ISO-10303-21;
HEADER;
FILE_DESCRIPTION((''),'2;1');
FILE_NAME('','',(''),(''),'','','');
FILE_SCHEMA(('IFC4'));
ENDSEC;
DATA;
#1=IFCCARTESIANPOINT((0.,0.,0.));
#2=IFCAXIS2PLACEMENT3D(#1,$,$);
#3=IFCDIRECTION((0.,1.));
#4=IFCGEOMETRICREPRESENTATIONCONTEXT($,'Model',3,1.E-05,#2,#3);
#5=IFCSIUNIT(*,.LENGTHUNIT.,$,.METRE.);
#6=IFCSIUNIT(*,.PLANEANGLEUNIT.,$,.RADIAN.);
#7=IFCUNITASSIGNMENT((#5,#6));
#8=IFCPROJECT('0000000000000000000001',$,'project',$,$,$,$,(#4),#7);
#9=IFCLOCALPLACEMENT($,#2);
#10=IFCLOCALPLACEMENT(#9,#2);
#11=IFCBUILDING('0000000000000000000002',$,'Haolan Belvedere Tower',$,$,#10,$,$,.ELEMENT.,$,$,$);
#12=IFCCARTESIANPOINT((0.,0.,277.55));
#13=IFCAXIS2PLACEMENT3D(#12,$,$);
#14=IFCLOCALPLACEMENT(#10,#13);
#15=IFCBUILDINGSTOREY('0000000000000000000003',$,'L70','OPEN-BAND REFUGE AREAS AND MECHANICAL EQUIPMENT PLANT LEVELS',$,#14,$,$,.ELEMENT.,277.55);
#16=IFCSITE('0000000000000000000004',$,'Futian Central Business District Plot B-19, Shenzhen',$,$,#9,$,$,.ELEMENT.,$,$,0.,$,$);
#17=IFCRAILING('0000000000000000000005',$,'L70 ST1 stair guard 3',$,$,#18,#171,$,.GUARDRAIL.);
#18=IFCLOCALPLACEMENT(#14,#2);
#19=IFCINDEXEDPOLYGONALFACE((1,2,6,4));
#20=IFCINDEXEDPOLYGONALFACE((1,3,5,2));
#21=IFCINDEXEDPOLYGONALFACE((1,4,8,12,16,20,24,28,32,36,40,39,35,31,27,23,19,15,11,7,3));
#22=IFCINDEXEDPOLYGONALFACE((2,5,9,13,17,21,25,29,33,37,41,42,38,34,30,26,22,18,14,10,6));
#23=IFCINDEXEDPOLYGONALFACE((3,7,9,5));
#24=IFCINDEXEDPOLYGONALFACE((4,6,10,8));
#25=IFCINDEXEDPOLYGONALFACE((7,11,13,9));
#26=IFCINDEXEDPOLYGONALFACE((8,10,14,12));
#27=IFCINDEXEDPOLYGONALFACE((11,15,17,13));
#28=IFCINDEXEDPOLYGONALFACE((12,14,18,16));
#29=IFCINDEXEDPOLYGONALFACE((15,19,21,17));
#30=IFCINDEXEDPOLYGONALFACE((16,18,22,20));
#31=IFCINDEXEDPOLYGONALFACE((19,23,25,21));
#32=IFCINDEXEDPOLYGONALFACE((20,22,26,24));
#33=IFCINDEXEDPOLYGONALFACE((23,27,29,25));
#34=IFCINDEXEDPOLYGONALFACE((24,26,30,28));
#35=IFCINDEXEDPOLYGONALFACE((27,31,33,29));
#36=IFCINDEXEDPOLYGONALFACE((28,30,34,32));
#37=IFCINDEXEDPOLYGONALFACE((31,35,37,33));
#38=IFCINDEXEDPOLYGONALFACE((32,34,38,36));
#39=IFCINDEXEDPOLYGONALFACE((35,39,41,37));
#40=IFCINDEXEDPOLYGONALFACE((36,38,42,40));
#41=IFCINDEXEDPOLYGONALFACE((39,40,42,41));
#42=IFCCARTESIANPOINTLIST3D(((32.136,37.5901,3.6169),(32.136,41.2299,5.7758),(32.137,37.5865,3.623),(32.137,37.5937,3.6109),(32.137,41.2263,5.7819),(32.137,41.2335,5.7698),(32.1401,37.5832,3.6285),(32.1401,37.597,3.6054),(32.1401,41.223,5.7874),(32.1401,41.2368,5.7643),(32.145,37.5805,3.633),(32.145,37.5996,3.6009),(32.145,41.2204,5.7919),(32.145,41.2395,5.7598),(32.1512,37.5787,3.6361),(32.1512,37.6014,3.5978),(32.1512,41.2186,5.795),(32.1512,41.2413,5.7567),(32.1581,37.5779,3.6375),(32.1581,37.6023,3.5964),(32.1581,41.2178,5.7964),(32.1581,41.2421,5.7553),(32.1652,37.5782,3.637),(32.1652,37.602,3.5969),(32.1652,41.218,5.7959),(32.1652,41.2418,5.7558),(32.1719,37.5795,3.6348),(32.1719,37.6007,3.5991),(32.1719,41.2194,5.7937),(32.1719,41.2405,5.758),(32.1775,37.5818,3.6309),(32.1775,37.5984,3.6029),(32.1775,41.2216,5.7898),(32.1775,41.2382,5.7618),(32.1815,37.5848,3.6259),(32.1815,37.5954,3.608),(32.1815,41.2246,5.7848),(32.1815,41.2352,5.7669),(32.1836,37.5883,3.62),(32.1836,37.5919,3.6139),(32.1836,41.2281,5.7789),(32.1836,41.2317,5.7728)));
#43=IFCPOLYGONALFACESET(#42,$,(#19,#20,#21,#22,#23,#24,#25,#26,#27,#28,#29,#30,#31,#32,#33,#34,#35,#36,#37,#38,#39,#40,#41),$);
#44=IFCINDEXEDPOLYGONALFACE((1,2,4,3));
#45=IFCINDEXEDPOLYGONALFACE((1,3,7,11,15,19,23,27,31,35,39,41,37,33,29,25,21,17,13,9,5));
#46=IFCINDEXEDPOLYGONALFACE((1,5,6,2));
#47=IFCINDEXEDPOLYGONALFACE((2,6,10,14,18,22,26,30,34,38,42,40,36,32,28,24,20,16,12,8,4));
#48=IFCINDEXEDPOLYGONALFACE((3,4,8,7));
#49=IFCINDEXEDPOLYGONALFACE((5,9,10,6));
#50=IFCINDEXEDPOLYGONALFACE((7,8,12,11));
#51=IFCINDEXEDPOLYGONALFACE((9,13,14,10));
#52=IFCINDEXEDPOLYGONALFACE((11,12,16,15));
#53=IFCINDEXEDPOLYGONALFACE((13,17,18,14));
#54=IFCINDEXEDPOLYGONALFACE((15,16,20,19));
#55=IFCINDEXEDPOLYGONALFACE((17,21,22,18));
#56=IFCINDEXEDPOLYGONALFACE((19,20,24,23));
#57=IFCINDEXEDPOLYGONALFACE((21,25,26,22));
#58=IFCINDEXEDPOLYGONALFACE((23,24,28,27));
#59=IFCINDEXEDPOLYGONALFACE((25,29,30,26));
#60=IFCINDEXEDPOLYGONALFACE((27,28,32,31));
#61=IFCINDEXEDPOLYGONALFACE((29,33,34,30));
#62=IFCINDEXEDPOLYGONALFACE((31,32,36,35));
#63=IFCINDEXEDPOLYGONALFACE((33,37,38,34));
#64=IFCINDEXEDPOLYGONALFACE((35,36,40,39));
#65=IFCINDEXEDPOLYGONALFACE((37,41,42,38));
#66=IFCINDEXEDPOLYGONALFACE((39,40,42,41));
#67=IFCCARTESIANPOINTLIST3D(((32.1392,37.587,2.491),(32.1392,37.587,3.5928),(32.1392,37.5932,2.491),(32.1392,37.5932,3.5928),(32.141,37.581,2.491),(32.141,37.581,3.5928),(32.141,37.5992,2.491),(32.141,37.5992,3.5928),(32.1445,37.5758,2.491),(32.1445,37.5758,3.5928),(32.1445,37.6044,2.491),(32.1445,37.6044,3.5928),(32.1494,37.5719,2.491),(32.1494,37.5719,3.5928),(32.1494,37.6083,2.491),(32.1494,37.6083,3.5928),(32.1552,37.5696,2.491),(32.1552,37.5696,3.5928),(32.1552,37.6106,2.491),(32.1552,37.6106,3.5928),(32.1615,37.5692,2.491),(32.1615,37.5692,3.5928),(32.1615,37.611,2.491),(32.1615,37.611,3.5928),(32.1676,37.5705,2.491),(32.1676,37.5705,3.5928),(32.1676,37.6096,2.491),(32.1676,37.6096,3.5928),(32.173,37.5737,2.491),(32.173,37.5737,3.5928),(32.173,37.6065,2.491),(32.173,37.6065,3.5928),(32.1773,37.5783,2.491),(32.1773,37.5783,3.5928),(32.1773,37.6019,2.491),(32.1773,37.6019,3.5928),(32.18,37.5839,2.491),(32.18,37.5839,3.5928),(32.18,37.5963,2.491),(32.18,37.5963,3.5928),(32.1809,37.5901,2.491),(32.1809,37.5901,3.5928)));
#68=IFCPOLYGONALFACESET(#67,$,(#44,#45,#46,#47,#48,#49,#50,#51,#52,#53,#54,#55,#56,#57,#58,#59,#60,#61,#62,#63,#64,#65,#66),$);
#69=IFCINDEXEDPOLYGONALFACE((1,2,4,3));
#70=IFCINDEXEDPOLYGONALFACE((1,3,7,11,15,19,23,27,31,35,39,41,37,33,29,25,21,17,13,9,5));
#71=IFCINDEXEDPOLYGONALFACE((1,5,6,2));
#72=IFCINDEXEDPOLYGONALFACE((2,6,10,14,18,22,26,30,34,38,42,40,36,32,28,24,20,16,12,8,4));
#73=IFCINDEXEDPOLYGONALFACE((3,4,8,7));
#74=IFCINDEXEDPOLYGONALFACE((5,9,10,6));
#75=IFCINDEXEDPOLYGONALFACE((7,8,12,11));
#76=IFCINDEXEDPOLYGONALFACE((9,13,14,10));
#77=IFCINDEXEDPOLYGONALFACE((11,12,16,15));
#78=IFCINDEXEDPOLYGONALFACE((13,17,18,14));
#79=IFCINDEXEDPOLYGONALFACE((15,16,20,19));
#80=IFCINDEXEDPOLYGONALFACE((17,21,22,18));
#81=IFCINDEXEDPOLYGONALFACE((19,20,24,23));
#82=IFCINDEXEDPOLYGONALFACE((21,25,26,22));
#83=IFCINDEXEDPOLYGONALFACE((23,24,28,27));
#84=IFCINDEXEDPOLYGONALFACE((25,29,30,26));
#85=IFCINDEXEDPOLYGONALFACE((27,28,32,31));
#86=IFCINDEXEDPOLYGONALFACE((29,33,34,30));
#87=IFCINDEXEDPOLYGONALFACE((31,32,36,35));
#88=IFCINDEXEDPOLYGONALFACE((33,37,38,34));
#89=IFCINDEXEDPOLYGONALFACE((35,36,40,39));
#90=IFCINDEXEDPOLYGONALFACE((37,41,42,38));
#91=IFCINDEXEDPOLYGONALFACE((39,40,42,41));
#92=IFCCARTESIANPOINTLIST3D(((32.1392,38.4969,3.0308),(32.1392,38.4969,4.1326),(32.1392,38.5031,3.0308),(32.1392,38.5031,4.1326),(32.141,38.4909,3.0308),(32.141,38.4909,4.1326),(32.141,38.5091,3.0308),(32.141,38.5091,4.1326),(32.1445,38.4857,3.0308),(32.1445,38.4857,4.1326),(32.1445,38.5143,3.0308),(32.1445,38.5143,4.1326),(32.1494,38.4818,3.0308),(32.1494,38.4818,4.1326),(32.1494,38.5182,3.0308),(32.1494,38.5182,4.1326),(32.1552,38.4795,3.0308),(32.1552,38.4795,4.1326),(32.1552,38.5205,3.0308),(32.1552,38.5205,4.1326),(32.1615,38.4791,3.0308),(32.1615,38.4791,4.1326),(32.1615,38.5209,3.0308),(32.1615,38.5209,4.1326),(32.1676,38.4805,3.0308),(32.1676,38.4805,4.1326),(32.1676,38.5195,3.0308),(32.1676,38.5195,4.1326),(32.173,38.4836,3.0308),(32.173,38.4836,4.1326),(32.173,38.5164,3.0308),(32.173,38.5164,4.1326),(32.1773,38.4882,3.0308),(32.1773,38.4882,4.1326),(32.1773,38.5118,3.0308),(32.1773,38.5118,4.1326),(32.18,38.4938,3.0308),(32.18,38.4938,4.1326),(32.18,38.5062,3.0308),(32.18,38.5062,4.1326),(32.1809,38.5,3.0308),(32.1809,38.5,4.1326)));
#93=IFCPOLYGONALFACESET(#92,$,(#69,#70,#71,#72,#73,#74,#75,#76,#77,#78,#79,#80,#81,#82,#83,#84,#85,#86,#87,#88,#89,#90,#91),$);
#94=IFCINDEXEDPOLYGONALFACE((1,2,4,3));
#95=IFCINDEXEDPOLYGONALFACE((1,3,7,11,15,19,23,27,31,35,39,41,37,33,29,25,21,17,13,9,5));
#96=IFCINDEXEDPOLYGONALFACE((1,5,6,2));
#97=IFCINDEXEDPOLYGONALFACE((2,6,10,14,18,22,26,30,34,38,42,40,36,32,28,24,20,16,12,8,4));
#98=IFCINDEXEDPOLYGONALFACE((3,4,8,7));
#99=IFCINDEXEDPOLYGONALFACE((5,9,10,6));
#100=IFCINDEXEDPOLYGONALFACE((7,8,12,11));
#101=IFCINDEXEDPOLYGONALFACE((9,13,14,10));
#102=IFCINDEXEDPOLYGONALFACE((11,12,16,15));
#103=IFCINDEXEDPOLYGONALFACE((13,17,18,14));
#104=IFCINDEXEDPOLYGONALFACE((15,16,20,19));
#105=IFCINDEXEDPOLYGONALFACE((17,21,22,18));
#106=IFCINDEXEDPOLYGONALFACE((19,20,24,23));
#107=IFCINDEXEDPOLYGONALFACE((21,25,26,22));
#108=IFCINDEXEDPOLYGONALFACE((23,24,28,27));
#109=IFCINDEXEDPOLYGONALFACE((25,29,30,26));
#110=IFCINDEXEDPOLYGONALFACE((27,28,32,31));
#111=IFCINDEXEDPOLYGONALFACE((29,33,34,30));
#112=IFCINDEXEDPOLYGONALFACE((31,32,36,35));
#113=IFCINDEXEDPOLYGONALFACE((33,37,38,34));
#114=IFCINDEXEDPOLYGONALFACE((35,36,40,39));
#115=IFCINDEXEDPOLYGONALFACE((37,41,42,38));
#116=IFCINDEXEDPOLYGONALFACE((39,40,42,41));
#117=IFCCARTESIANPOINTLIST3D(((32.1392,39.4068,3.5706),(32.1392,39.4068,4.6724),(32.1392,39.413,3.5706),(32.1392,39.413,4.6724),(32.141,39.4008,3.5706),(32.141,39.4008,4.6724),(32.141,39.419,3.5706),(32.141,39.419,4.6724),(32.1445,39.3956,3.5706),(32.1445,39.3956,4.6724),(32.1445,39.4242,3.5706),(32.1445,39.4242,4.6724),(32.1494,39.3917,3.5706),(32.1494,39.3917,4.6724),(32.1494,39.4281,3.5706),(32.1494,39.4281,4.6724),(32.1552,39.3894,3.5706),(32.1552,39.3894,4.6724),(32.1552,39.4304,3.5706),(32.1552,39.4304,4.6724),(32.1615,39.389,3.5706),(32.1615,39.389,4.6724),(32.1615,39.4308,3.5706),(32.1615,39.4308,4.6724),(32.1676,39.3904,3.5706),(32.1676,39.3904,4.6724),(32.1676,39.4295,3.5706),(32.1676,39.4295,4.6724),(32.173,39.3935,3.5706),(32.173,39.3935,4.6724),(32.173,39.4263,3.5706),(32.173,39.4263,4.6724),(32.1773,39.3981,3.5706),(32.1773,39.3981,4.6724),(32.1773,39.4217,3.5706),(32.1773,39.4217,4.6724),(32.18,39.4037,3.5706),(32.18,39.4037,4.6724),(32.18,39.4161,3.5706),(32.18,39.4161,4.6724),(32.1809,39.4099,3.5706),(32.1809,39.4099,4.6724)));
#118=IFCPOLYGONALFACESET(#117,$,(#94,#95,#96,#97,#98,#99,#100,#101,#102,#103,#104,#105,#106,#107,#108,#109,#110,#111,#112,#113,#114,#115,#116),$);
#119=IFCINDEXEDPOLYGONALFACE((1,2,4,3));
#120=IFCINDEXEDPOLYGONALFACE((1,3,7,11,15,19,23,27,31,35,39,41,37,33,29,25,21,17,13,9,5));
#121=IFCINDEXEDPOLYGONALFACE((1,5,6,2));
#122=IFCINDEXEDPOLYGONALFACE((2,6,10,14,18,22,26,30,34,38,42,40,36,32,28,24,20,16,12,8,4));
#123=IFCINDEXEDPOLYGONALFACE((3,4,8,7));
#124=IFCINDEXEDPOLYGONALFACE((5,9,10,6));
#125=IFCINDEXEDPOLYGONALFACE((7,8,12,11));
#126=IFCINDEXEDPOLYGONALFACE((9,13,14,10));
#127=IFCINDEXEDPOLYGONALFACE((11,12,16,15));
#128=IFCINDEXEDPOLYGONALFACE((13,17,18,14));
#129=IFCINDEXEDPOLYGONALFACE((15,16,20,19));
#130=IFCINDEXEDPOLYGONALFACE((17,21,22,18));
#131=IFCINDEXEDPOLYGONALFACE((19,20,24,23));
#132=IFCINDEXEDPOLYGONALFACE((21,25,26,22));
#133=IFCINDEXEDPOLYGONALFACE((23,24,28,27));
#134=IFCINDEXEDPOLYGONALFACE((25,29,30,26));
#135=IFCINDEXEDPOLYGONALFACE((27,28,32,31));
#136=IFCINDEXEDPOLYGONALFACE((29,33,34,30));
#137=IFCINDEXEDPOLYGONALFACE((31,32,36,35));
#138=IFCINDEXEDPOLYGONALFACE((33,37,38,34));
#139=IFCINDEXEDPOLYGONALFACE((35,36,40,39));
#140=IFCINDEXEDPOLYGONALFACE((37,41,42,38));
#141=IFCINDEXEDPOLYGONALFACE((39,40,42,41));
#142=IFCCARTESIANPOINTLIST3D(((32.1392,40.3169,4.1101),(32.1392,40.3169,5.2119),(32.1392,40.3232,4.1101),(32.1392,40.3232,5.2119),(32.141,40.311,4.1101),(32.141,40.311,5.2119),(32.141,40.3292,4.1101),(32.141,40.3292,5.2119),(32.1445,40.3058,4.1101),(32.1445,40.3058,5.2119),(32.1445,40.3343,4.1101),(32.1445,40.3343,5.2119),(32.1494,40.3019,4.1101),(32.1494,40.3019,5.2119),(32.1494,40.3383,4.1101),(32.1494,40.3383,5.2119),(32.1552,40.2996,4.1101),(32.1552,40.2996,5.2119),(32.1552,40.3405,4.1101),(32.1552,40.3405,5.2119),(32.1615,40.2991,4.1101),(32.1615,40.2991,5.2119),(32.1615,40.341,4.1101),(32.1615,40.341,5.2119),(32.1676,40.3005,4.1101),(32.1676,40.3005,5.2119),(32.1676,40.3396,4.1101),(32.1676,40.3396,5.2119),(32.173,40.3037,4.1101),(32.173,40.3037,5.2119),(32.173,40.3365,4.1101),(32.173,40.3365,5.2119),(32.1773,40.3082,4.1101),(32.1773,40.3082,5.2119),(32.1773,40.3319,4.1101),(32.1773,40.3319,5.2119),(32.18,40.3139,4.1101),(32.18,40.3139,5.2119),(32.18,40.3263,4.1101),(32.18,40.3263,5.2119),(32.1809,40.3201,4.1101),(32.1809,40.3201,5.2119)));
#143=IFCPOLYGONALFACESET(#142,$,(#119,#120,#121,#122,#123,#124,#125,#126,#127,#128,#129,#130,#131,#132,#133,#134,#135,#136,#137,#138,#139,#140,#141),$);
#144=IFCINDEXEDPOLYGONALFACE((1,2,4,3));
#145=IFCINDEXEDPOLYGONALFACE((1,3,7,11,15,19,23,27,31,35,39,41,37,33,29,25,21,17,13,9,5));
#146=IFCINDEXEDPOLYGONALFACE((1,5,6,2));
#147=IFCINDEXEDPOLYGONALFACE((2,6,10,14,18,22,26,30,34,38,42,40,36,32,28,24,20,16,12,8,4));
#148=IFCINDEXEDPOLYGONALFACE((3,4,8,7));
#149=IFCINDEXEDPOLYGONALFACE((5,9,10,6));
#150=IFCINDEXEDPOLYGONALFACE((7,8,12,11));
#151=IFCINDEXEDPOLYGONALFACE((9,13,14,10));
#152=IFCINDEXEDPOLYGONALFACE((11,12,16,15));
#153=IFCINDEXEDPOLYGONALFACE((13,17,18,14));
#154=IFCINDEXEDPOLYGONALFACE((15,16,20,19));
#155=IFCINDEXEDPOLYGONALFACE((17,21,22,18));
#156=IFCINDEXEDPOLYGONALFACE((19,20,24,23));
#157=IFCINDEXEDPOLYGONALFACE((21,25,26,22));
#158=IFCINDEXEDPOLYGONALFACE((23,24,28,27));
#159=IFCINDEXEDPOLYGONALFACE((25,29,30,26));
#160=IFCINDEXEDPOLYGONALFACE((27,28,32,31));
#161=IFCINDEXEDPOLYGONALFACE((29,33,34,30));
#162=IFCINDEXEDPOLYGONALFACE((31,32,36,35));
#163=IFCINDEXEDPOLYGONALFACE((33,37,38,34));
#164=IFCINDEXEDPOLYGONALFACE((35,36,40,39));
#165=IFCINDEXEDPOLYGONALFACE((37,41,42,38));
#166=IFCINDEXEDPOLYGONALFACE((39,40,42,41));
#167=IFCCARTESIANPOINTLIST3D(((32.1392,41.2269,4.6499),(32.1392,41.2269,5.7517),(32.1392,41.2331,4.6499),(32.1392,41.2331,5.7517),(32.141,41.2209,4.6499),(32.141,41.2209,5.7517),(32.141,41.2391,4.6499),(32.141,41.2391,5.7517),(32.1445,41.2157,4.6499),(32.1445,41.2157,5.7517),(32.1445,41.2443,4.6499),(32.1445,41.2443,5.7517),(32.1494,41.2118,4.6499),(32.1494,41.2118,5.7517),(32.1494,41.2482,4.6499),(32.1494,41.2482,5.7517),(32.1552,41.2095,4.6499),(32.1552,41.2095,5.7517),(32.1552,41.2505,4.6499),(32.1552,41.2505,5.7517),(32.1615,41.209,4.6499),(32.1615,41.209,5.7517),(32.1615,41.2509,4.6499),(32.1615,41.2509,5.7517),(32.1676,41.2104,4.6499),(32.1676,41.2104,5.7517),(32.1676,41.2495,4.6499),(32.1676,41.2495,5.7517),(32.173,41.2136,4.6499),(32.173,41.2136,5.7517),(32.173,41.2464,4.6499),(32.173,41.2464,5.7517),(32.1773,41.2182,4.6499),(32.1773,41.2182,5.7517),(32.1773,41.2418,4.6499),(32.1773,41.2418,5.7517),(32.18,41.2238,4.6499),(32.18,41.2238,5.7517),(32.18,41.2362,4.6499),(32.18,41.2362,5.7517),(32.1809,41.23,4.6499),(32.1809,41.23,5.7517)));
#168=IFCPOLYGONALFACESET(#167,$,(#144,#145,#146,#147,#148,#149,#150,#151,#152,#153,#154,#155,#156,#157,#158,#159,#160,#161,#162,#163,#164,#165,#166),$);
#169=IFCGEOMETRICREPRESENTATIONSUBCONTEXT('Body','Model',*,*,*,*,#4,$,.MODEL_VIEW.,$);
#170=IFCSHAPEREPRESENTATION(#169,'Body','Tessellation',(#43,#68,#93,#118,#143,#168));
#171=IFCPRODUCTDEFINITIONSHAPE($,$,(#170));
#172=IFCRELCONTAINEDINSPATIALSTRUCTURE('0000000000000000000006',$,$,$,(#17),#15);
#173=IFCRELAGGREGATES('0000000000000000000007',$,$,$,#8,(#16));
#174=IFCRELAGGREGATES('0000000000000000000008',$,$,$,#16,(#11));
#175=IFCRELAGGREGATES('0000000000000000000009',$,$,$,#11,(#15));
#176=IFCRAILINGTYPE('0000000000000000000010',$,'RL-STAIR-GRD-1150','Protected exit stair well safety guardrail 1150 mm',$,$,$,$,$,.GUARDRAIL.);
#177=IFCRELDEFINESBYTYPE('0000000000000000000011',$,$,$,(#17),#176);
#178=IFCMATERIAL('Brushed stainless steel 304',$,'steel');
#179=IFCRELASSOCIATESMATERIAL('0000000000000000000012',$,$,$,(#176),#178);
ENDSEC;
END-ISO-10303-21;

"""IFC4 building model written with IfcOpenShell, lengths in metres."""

from ifc_helpers import new_model, si_unit, direction, frame, origin, origin_2d, place, context, subcontext, project, spatial, circle, extrude, material, type_object, element, save


model = new_model("IFC4")

# Units and contexts
model_context = context("Model", 3, precision=1e-05, world=origin(), true_north=direction((0.0, 1.0)))
body_context = subcontext(model_context, "Body", "Model", "MODEL_VIEW")
ifc_project = project(units=[si_unit("LENGTHUNIT", "METRE"), si_unit("PLANEANGLEUNIT", "RADIAN")], contexts=[model_context])

# Site, building, storey
site_placement = place(None, origin())
site = spatial("IfcSite", under=ifc_project, at=site_placement, Name="Futian Central Business District Plot B-19, Shenzhen", CompositionType="ELEMENT", RefElevation=0.0)
building_placement = place(site_placement, origin())
building = spatial("IfcBuilding", under=site, at=building_placement, Name="Haolan Belvedere Tower", CompositionType="ELEMENT")
storey_placement = place(building_placement, frame((0.0, 0.0, 277.55)))
storey = spatial("IfcBuildingStorey", under=building, at=storey_placement, Name="L70", Description="OPEN-BAND REFUGE AREAS AND MECHANICAL EQUIPMENT PLANT LEVELS", CompositionType="ELEMENT", Elevation=277.55)

# Railing
ifc_material_1 = material(Name="Brushed stainless steel 304", Category="steel")
railing_type_1 = type_object("IfcRailingType", Name="RL-STAIR-GRD-1150", Description="Protected exit stair well safety guardrail 1150 mm", PredefinedType="GUARDRAIL", material=ifc_material_1)
railing_1_placement = place(storey_placement, frame((32.1599, 37.5901, 2.491)))
element("IfcRailing", 1, at=railing_1_placement, inside=storey, type_object=railing_type_1, Name="L70 ST1 stair guard 3", PredefinedType="GUARDRAIL", context=body_context, shape_type="SweptSolid", body=[
    extrude(circle(Radius=0.0239, at=origin_2d()), frame((0.0, 0.0, 1.126), z_axis=(0.0, 0.860088, 0.510145), x_axis=(-1.0, 0.0, 0.0)), (0.0, 0.0, 1.0), 4.2319),
    extrude(circle(Radius=0.021, at=origin_2d()), origin(), (0.0, 0.0, 1.0), 1.1018),
    extrude(circle(Radius=0.021, at=origin_2d()), frame((0.0, 0.9099, 0.5398)), (0.0, 0.0, 1.0), 1.1018),
    extrude(circle(Radius=0.021, at=origin_2d()), frame((0.0, 1.8198, 1.0796)), (0.0, 0.0, 1.0), 1.1018),
    extrude(circle(Radius=0.021, at=origin_2d()), frame((0.0, 2.73, 1.6191)), (0.0, 0.0, 1.0), 1.1018),
    extrude(circle(Radius=0.021, at=origin_2d()), frame((0.0, 3.6399, 2.1589)), (0.0, 0.0, 1.0), 1.1018),
])

save(model, "model.ifc")
